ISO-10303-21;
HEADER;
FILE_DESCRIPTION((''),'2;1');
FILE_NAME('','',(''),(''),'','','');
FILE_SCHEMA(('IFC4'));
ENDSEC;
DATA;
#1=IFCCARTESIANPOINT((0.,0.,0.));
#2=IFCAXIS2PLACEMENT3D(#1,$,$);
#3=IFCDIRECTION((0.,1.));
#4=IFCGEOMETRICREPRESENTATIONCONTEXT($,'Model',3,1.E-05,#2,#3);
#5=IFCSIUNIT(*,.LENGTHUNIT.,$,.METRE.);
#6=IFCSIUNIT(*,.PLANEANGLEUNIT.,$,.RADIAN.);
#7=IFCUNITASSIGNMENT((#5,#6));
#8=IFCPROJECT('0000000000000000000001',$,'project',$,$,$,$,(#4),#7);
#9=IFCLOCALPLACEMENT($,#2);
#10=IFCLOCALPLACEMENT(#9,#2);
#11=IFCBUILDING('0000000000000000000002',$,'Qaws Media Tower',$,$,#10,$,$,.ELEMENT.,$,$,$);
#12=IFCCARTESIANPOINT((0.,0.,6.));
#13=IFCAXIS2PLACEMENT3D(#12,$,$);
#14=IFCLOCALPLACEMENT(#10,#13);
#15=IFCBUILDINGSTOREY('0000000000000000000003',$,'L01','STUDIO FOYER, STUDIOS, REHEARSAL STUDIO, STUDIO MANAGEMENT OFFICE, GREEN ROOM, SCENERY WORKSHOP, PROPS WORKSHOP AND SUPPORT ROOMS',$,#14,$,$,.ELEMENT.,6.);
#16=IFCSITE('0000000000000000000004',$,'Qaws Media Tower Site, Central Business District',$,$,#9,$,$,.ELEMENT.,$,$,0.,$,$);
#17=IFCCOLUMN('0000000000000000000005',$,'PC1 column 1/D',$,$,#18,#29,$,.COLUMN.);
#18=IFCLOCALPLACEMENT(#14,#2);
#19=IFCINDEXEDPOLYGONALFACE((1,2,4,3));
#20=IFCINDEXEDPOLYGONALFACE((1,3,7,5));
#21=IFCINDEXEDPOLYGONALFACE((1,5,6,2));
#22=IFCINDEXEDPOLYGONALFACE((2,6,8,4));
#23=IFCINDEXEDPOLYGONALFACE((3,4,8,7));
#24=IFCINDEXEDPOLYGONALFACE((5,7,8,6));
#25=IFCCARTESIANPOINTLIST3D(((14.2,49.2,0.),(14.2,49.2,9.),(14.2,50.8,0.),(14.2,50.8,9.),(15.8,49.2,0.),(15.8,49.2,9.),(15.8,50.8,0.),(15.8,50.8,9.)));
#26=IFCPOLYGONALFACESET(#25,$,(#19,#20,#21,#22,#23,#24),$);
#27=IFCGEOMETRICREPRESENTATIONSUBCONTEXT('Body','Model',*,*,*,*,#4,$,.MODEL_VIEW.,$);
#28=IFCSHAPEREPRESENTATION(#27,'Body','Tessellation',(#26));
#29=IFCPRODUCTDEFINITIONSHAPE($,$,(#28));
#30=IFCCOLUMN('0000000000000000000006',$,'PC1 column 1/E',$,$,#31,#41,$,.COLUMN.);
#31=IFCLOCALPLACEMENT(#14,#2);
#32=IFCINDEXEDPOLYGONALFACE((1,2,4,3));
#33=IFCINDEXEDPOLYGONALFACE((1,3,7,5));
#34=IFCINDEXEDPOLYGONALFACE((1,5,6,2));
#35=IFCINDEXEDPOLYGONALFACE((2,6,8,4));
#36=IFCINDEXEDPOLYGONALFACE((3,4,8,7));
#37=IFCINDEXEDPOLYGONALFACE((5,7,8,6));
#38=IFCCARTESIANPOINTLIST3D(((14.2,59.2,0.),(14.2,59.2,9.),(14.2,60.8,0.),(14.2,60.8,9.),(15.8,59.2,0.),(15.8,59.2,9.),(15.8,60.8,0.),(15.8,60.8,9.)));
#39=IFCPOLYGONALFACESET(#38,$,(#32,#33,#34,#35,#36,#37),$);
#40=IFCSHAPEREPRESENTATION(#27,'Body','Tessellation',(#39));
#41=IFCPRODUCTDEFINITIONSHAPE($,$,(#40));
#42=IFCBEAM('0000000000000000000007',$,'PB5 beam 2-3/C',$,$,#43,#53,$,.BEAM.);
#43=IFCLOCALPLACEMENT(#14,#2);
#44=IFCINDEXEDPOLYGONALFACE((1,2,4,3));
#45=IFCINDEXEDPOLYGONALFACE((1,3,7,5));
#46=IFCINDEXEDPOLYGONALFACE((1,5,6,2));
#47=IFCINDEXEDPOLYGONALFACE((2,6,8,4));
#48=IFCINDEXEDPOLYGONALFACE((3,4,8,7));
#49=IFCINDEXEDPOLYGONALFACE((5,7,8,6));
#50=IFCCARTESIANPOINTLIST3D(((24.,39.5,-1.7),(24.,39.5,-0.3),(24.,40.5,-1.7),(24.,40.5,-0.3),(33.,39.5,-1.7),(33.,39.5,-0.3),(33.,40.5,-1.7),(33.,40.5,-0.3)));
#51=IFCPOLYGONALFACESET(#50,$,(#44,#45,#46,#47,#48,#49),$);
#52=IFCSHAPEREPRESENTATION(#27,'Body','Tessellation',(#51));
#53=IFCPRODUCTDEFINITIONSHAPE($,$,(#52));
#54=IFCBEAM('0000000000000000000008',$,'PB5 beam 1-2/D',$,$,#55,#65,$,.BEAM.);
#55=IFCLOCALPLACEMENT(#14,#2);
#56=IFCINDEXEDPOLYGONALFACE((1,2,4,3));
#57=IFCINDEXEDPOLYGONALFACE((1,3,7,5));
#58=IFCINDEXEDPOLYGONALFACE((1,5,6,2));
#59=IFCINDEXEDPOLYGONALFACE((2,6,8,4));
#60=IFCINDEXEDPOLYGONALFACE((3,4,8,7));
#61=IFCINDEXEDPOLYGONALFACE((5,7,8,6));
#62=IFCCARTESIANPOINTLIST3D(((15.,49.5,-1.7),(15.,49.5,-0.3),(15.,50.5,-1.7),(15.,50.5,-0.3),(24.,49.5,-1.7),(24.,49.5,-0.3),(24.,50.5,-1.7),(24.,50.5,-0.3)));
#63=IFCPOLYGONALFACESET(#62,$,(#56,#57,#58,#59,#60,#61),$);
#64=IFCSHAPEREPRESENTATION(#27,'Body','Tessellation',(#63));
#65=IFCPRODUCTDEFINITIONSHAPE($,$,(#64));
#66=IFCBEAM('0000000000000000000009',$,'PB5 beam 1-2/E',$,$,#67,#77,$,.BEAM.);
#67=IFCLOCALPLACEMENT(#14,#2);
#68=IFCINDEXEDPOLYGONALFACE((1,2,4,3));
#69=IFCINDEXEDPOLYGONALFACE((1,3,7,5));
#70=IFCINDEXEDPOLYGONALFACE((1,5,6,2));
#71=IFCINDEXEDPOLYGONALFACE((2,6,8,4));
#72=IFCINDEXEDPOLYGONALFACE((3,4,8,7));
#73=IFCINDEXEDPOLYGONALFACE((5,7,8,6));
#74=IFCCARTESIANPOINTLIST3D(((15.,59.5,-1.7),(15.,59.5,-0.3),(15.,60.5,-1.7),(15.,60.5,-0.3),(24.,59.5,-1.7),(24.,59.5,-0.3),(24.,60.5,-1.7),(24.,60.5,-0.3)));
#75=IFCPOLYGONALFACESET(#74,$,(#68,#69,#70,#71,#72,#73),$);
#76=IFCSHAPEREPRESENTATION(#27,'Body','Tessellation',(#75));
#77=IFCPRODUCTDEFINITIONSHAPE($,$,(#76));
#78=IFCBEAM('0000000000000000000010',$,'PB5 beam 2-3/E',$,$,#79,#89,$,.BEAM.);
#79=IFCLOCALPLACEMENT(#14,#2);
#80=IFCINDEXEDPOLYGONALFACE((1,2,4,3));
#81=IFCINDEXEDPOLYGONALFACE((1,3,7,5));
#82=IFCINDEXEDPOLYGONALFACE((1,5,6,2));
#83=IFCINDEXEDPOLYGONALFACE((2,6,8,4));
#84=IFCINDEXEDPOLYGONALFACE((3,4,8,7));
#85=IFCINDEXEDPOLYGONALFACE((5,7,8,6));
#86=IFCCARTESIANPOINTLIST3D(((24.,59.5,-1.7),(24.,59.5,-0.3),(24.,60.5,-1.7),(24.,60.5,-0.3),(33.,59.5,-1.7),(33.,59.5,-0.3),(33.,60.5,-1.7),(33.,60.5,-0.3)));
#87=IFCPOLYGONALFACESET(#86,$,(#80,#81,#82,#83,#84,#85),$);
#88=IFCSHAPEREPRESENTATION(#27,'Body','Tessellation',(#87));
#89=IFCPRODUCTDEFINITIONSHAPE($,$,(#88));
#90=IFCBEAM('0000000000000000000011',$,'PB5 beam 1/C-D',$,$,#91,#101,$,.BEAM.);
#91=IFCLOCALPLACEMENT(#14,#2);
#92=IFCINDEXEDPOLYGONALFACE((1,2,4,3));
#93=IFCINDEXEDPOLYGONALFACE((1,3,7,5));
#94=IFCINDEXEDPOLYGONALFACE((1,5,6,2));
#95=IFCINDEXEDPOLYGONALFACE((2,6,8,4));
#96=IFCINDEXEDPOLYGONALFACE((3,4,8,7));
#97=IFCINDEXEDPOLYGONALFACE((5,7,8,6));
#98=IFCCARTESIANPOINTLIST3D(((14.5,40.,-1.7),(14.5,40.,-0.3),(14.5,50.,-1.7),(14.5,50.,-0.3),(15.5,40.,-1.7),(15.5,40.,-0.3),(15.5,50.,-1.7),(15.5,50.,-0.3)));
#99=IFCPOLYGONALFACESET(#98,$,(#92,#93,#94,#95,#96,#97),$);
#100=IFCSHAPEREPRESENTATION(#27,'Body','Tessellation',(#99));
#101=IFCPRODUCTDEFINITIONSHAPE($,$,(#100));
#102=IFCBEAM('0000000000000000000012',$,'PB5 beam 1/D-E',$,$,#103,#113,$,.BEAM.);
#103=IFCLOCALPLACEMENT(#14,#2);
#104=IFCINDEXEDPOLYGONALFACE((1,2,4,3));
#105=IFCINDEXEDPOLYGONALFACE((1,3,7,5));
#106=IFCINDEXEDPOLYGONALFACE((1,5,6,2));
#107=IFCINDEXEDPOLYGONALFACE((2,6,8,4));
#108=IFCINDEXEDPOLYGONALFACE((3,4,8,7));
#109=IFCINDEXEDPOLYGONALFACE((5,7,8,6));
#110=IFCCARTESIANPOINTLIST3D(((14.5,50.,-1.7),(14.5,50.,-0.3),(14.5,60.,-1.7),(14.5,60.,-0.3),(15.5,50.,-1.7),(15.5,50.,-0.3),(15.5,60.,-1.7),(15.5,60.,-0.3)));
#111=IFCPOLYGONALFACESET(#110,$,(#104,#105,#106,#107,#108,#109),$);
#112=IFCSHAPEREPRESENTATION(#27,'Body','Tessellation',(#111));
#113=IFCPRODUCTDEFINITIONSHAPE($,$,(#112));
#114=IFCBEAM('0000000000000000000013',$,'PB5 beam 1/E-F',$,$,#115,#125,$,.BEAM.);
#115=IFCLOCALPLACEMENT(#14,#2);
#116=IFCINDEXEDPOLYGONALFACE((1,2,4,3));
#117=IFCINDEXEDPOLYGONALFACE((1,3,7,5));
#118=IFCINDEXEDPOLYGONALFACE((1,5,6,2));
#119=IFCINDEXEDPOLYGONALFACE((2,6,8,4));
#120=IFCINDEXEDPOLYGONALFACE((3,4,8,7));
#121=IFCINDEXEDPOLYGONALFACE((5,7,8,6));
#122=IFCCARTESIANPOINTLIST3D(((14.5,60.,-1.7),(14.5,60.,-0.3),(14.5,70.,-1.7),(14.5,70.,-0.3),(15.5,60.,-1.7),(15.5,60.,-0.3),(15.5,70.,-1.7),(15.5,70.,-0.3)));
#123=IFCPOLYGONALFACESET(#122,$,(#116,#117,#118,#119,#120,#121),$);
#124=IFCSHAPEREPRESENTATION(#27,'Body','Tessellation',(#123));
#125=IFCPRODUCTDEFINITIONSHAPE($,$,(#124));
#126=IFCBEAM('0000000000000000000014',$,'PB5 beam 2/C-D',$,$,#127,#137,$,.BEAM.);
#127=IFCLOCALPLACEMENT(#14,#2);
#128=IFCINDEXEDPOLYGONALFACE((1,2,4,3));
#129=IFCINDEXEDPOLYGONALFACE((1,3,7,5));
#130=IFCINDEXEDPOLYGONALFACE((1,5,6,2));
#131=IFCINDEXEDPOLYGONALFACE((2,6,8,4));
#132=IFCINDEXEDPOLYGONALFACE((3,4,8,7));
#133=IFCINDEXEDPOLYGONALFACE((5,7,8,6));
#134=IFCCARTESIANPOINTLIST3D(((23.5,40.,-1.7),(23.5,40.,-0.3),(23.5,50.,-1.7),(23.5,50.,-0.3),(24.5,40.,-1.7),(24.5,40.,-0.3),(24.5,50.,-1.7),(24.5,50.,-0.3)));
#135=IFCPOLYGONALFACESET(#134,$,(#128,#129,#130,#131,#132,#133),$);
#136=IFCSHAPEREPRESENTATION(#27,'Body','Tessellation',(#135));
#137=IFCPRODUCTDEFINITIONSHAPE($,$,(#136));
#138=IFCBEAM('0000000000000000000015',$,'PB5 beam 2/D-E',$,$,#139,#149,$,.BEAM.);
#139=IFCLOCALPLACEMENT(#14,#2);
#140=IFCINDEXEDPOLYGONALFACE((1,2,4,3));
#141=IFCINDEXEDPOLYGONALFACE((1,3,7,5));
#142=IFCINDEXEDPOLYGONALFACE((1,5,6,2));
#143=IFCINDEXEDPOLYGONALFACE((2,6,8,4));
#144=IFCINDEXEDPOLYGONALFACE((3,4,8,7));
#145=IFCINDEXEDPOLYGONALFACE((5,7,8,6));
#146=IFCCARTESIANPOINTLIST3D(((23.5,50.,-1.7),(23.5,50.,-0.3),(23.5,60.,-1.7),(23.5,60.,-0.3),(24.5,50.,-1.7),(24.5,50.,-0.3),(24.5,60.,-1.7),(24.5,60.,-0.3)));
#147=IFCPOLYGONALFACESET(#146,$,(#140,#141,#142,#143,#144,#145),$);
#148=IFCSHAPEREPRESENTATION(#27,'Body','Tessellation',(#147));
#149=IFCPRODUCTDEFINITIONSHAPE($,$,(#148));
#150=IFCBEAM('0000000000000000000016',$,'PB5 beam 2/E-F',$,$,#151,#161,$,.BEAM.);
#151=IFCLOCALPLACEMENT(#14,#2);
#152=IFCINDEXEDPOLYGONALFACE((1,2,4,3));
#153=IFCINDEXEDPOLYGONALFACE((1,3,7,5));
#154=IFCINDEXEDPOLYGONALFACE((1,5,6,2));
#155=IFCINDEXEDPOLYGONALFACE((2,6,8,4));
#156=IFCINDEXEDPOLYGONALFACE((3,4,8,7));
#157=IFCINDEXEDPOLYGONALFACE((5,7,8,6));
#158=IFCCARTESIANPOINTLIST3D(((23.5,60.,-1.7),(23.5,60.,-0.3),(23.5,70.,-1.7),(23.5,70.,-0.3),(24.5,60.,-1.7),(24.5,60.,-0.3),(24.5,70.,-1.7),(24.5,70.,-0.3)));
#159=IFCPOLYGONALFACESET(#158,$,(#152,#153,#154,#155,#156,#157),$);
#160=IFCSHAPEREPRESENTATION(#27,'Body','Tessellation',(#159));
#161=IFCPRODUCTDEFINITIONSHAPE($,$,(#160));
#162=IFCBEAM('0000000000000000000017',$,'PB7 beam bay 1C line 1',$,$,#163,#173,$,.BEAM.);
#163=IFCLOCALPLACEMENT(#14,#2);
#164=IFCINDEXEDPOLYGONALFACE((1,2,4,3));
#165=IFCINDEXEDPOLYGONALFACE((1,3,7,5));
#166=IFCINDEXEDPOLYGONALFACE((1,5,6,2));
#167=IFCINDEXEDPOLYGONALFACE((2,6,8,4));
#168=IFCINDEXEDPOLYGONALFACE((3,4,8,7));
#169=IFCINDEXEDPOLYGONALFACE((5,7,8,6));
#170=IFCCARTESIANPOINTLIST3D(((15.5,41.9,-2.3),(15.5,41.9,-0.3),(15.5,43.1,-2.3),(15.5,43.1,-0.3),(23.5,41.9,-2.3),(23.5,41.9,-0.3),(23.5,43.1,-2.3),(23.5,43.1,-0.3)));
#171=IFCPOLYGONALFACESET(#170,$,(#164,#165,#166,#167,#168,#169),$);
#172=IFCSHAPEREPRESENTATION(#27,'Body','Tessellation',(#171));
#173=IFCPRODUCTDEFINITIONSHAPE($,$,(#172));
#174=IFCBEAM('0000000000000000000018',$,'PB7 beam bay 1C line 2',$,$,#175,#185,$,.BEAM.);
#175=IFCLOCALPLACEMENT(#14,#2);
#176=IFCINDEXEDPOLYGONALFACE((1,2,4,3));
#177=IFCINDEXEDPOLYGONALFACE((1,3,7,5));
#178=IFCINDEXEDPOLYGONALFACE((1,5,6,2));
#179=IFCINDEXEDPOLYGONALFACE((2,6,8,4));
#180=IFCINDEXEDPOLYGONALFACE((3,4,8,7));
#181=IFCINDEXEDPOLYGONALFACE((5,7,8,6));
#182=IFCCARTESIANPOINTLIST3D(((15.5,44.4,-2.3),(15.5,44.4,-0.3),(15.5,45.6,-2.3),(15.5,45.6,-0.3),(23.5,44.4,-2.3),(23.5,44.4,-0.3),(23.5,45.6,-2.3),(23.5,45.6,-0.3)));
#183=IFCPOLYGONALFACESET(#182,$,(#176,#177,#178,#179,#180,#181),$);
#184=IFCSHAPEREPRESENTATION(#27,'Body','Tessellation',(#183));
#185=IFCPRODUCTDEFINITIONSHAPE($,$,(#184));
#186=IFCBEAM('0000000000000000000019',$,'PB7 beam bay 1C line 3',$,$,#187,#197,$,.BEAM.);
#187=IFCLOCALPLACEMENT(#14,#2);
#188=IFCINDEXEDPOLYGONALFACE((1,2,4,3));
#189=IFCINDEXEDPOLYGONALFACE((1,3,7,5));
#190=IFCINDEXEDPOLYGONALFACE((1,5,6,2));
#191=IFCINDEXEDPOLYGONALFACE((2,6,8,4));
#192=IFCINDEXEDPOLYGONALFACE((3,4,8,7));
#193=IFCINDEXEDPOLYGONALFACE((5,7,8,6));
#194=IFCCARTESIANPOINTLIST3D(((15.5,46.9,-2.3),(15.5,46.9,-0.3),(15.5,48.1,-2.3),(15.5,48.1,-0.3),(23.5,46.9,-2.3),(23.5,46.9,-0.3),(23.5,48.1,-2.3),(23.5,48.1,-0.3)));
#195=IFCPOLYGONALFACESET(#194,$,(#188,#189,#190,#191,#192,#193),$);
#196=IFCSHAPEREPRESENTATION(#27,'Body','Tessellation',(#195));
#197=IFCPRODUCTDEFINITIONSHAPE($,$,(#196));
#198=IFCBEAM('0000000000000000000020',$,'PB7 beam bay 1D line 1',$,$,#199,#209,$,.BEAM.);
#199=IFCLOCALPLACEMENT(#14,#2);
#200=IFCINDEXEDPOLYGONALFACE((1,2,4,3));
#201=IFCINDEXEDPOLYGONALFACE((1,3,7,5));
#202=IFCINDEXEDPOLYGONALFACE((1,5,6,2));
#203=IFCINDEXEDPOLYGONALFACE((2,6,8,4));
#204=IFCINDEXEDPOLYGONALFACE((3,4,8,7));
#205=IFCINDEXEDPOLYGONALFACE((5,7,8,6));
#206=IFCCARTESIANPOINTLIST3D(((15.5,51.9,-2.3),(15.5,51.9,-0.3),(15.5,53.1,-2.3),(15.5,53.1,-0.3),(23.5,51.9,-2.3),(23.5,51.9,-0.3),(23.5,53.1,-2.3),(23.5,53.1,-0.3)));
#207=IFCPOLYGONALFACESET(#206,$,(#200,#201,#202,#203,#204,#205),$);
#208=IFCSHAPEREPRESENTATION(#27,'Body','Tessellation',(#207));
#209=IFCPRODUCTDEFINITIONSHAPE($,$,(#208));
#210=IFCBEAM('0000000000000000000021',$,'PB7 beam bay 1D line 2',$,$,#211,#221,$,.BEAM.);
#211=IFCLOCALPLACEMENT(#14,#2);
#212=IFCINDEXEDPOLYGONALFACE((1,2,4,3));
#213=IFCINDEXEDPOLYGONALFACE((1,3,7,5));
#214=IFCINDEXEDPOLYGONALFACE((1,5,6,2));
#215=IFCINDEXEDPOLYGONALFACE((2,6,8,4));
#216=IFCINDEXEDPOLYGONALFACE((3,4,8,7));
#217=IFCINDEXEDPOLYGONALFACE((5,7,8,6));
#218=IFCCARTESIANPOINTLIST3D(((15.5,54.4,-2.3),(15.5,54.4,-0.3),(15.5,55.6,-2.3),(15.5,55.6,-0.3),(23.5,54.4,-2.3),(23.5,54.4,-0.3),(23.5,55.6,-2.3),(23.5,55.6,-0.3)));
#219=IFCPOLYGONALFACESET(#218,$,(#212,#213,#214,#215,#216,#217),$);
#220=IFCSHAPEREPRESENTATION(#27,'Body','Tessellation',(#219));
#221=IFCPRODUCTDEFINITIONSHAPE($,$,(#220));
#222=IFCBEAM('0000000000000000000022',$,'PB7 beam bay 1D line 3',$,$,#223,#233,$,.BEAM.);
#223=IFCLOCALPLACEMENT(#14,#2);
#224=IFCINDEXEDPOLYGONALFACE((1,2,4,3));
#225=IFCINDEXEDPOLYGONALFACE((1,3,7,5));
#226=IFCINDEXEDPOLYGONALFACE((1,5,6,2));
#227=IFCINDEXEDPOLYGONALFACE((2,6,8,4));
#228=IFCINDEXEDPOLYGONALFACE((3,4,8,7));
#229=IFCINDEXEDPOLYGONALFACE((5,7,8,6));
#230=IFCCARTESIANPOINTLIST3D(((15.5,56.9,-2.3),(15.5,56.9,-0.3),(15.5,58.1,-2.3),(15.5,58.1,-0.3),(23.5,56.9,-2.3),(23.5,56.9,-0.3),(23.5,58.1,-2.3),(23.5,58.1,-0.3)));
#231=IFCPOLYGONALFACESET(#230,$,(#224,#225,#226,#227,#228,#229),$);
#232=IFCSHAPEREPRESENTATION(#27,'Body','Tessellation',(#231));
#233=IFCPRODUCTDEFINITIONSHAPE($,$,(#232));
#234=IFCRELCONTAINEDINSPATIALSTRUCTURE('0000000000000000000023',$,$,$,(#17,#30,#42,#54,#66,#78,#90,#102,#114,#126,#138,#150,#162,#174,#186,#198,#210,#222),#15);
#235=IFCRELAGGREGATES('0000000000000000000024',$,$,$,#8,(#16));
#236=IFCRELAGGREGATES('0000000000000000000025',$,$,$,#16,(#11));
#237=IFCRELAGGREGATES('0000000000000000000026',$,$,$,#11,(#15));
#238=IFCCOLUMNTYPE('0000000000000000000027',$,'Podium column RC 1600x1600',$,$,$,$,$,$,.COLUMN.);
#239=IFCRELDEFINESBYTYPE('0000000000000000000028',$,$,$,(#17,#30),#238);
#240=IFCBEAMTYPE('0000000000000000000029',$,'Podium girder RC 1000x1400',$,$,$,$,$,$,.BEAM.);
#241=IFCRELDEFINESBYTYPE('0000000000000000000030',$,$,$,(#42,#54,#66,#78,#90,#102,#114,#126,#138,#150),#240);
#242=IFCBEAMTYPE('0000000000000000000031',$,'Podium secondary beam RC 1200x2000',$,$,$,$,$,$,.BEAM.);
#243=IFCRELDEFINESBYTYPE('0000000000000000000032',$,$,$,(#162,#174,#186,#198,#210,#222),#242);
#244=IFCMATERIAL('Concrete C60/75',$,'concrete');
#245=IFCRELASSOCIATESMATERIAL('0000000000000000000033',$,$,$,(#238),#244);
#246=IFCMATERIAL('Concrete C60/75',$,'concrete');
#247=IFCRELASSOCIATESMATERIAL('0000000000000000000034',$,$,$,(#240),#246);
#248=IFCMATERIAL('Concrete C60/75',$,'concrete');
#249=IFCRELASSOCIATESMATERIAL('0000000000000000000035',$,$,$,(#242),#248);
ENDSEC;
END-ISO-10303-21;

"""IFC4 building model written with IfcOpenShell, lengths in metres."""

from ifc_helpers import new_model, si_unit, direction, frame, origin, origin_2d, place, context, subcontext, project, spatial, rectangle, extrude, material, material_profile, profile_set, type_object, element, save


model = new_model("IFC4")

# Units and contexts
model_context = context("Model", 3, precision=1e-05, world=origin(), true_north=direction((0.0, 1.0)))
body_context = subcontext(model_context, "Body", "Model", "MODEL_VIEW")
ifc_project = project(units=[si_unit("LENGTHUNIT", "METRE"), si_unit("PLANEANGLEUNIT", "RADIAN")], contexts=[model_context])

# Site, building, storey
site_placement = place(None, origin())
site = spatial("IfcSite", under=ifc_project, at=site_placement, Name="Qaws Media Tower Site, Central Business District", CompositionType="ELEMENT", RefElevation=0.0)
building_placement = place(site_placement, origin())
building = spatial("IfcBuilding", under=site, at=building_placement, Name="Qaws Media Tower", CompositionType="ELEMENT")
storey_placement = place(building_placement, frame((0.0, 0.0, 6.0)))
storey = spatial("IfcBuildingStorey", under=building, at=storey_placement, Name="L01", Description="STUDIO FOYER, STUDIOS, REHEARSAL STUDIO, STUDIO MANAGEMENT OFFICE, GREEN ROOM, SCENERY WORKSHOP, PROPS WORKSHOP AND SUPPORT ROOMS", CompositionType="ELEMENT", Elevation=6.0)

# Columns
ifc_material_1 = material(Name="Concrete C60/75", Category="concrete")
ifc_material_profile_1 = material_profile(ifc_material_1, rectangle(XDim=1.6001, YDim=1.6001, at=origin_2d()), Name="RC 1600x1600")
ifc_profile_set_1 = profile_set([ifc_material_profile_1], Name="Concrete C60/75")
column_type = type_object("IfcColumnType", Name="Podium column RC 1600x1600", PredefinedType="COLUMN", material=ifc_profile_set_1)
for number, where, z_axis, x_axis, name in (
    (1, (15.0, 50.0, 0.0), (0.0, 0.0, 1.0), (1.0, 0.0, 0.0), "PC1 column 1/D"),
    (2, (15.0, 60.0, 0.0), (0.0, 0.0, 1.0), (1.0, 0.0, 0.0), "PC1 column 1/E"),
):
    element("IfcColumn", number, at=place(storey_placement, frame(where, z_axis=z_axis, x_axis=x_axis)), inside=storey, type_object=column_type, Name=name, PredefinedType="COLUMN", context=body_context, shape_type="SweptSolid", body=[
        extrude(rectangle(XDim=1.6001, YDim=1.6001, at=origin_2d()), origin(), (0.0, 0.0, 1.0), 9.0),
    ])

# Beams
ifc_material_2 = material(Name="Concrete C60/75", Category="concrete")
ifc_material_profile_2 = material_profile(ifc_material_2, rectangle(XDim=1.0, YDim=1.3999, at=origin_2d()), Name="RC 1000x1400")
ifc_profile_set_2 = profile_set([ifc_material_profile_2], Name="Concrete C60/75")
beam_type_1 = type_object("IfcBeamType", Name="Podium girder RC 1000x1400", PredefinedType="BEAM", material=ifc_profile_set_2)
for number, where, z_axis, x_axis, name in (
    (3, (24.0, 40.0, -1.0), (1.0, 0.0, 0.0), (0.0, 1.0, 0.0), "PB5 beam 2-3/C"),
    (4, (15.0, 50.0, -1.0), (1.0, 0.0, 0.0), (0.0, 1.0, 0.0), "PB5 beam 1-2/D"),
    (5, (15.0, 60.0, -1.0), (1.0, 0.0, 0.0), (0.0, 1.0, 0.0), "PB5 beam 1-2/E"),
    (6, (24.0, 60.0, -1.0), (1.0, 0.0, 0.0), (0.0, 1.0, 0.0), "PB5 beam 2-3/E"),
):
    element("IfcBeam", number, at=place(storey_placement, frame(where, z_axis=z_axis, x_axis=x_axis)), inside=storey, type_object=beam_type_1, Name=name, PredefinedType="BEAM", context=body_context, shape_type="SweptSolid", body=[
        extrude(rectangle(XDim=1.0, YDim=1.3999, at=origin_2d()), origin(), (0.0, 0.0, 1.0), 9.0),
    ])
for number, where, z_axis, x_axis, name in (
    (7, (15.0, 40.0, -1.0), (0.0, 1.0, 0.0), (-1.0, 0.0, 0.0), "PB5 beam 1/C-D"),
    (8, (15.0, 50.0, -1.0), (0.0, 1.0, 0.0), (-1.0, 0.0, 0.0), "PB5 beam 1/D-E"),
    (9, (15.0, 60.0, -1.0), (0.0, 1.0, 0.0), (-1.0, 0.0, 0.0), "PB5 beam 1/E-F"),
    (10, (24.0, 40.0, -1.0), (0.0, 1.0, 0.0), (-1.0, 0.0, 0.0), "PB5 beam 2/C-D"),
    (11, (24.0, 50.0, -1.0), (0.0, 1.0, 0.0), (-1.0, 0.0, 0.0), "PB5 beam 2/D-E"),
    (12, (24.0, 60.0, -1.0), (0.0, 1.0, 0.0), (-1.0, 0.0, 0.0), "PB5 beam 2/E-F"),
):
    element("IfcBeam", number, at=place(storey_placement, frame(where, z_axis=z_axis, x_axis=x_axis)), inside=storey, type_object=beam_type_1, Name=name, PredefinedType="BEAM", context=body_context, shape_type="SweptSolid", body=[
        extrude(rectangle(XDim=1.0, YDim=1.3999, at=origin_2d()), origin(), (0.0, 0.0, 1.0), 10.0),
    ])
ifc_material_3 = material(Name="Concrete C60/75", Category="concrete")
ifc_material_profile_3 = material_profile(ifc_material_3, rectangle(XDim=1.2, YDim=2.0, at=origin_2d()), Name="RC 1200x2000")
ifc_profile_set_3 = profile_set([ifc_material_profile_3], Name="Concrete C60/75")
beam_type_2 = type_object("IfcBeamType", Name="Podium secondary beam RC 1200x2000", PredefinedType="BEAM", material=ifc_profile_set_3)
for number, where, z_axis, x_axis, name in (
    (13, (15.5, 42.5, -1.3), (1.0, 0.0, 0.0), (0.0, 1.0, 0.0), "PB7 beam bay 1C line 1"),
    (14, (15.5, 45.0, -1.3), (1.0, 0.0, 0.0), (0.0, 1.0, 0.0), "PB7 beam bay 1C line 2"),
    (15, (15.5, 47.5, -1.3), (1.0, 0.0, 0.0), (0.0, 1.0, 0.0), "PB7 beam bay 1C line 3"),
    (16, (15.5, 52.5, -1.3), (1.0, 0.0, 0.0), (0.0, 1.0, 0.0), "PB7 beam bay 1D line 1"),
    (17, (15.5, 55.0, -1.3), (1.0, 0.0, 0.0), (0.0, 1.0, 0.0), "PB7 beam bay 1D line 2"),
    (18, (15.5, 57.5, -1.3), (1.0, 0.0, 0.0), (0.0, 1.0, 0.0), "PB7 beam bay 1D line 3"),
):
    element("IfcBeam", number, at=place(storey_placement, frame(where, z_axis=z_axis, x_axis=x_axis)), inside=storey, type_object=beam_type_2, Name=name, PredefinedType="BEAM", context=body_context, shape_type="SweptSolid", body=[
        extrude(rectangle(XDim=1.2, YDim=2.0, at=origin_2d()), origin(), (0.0, 0.0, 1.0), 8.0),
    ])

save(model, "model.ifc")
